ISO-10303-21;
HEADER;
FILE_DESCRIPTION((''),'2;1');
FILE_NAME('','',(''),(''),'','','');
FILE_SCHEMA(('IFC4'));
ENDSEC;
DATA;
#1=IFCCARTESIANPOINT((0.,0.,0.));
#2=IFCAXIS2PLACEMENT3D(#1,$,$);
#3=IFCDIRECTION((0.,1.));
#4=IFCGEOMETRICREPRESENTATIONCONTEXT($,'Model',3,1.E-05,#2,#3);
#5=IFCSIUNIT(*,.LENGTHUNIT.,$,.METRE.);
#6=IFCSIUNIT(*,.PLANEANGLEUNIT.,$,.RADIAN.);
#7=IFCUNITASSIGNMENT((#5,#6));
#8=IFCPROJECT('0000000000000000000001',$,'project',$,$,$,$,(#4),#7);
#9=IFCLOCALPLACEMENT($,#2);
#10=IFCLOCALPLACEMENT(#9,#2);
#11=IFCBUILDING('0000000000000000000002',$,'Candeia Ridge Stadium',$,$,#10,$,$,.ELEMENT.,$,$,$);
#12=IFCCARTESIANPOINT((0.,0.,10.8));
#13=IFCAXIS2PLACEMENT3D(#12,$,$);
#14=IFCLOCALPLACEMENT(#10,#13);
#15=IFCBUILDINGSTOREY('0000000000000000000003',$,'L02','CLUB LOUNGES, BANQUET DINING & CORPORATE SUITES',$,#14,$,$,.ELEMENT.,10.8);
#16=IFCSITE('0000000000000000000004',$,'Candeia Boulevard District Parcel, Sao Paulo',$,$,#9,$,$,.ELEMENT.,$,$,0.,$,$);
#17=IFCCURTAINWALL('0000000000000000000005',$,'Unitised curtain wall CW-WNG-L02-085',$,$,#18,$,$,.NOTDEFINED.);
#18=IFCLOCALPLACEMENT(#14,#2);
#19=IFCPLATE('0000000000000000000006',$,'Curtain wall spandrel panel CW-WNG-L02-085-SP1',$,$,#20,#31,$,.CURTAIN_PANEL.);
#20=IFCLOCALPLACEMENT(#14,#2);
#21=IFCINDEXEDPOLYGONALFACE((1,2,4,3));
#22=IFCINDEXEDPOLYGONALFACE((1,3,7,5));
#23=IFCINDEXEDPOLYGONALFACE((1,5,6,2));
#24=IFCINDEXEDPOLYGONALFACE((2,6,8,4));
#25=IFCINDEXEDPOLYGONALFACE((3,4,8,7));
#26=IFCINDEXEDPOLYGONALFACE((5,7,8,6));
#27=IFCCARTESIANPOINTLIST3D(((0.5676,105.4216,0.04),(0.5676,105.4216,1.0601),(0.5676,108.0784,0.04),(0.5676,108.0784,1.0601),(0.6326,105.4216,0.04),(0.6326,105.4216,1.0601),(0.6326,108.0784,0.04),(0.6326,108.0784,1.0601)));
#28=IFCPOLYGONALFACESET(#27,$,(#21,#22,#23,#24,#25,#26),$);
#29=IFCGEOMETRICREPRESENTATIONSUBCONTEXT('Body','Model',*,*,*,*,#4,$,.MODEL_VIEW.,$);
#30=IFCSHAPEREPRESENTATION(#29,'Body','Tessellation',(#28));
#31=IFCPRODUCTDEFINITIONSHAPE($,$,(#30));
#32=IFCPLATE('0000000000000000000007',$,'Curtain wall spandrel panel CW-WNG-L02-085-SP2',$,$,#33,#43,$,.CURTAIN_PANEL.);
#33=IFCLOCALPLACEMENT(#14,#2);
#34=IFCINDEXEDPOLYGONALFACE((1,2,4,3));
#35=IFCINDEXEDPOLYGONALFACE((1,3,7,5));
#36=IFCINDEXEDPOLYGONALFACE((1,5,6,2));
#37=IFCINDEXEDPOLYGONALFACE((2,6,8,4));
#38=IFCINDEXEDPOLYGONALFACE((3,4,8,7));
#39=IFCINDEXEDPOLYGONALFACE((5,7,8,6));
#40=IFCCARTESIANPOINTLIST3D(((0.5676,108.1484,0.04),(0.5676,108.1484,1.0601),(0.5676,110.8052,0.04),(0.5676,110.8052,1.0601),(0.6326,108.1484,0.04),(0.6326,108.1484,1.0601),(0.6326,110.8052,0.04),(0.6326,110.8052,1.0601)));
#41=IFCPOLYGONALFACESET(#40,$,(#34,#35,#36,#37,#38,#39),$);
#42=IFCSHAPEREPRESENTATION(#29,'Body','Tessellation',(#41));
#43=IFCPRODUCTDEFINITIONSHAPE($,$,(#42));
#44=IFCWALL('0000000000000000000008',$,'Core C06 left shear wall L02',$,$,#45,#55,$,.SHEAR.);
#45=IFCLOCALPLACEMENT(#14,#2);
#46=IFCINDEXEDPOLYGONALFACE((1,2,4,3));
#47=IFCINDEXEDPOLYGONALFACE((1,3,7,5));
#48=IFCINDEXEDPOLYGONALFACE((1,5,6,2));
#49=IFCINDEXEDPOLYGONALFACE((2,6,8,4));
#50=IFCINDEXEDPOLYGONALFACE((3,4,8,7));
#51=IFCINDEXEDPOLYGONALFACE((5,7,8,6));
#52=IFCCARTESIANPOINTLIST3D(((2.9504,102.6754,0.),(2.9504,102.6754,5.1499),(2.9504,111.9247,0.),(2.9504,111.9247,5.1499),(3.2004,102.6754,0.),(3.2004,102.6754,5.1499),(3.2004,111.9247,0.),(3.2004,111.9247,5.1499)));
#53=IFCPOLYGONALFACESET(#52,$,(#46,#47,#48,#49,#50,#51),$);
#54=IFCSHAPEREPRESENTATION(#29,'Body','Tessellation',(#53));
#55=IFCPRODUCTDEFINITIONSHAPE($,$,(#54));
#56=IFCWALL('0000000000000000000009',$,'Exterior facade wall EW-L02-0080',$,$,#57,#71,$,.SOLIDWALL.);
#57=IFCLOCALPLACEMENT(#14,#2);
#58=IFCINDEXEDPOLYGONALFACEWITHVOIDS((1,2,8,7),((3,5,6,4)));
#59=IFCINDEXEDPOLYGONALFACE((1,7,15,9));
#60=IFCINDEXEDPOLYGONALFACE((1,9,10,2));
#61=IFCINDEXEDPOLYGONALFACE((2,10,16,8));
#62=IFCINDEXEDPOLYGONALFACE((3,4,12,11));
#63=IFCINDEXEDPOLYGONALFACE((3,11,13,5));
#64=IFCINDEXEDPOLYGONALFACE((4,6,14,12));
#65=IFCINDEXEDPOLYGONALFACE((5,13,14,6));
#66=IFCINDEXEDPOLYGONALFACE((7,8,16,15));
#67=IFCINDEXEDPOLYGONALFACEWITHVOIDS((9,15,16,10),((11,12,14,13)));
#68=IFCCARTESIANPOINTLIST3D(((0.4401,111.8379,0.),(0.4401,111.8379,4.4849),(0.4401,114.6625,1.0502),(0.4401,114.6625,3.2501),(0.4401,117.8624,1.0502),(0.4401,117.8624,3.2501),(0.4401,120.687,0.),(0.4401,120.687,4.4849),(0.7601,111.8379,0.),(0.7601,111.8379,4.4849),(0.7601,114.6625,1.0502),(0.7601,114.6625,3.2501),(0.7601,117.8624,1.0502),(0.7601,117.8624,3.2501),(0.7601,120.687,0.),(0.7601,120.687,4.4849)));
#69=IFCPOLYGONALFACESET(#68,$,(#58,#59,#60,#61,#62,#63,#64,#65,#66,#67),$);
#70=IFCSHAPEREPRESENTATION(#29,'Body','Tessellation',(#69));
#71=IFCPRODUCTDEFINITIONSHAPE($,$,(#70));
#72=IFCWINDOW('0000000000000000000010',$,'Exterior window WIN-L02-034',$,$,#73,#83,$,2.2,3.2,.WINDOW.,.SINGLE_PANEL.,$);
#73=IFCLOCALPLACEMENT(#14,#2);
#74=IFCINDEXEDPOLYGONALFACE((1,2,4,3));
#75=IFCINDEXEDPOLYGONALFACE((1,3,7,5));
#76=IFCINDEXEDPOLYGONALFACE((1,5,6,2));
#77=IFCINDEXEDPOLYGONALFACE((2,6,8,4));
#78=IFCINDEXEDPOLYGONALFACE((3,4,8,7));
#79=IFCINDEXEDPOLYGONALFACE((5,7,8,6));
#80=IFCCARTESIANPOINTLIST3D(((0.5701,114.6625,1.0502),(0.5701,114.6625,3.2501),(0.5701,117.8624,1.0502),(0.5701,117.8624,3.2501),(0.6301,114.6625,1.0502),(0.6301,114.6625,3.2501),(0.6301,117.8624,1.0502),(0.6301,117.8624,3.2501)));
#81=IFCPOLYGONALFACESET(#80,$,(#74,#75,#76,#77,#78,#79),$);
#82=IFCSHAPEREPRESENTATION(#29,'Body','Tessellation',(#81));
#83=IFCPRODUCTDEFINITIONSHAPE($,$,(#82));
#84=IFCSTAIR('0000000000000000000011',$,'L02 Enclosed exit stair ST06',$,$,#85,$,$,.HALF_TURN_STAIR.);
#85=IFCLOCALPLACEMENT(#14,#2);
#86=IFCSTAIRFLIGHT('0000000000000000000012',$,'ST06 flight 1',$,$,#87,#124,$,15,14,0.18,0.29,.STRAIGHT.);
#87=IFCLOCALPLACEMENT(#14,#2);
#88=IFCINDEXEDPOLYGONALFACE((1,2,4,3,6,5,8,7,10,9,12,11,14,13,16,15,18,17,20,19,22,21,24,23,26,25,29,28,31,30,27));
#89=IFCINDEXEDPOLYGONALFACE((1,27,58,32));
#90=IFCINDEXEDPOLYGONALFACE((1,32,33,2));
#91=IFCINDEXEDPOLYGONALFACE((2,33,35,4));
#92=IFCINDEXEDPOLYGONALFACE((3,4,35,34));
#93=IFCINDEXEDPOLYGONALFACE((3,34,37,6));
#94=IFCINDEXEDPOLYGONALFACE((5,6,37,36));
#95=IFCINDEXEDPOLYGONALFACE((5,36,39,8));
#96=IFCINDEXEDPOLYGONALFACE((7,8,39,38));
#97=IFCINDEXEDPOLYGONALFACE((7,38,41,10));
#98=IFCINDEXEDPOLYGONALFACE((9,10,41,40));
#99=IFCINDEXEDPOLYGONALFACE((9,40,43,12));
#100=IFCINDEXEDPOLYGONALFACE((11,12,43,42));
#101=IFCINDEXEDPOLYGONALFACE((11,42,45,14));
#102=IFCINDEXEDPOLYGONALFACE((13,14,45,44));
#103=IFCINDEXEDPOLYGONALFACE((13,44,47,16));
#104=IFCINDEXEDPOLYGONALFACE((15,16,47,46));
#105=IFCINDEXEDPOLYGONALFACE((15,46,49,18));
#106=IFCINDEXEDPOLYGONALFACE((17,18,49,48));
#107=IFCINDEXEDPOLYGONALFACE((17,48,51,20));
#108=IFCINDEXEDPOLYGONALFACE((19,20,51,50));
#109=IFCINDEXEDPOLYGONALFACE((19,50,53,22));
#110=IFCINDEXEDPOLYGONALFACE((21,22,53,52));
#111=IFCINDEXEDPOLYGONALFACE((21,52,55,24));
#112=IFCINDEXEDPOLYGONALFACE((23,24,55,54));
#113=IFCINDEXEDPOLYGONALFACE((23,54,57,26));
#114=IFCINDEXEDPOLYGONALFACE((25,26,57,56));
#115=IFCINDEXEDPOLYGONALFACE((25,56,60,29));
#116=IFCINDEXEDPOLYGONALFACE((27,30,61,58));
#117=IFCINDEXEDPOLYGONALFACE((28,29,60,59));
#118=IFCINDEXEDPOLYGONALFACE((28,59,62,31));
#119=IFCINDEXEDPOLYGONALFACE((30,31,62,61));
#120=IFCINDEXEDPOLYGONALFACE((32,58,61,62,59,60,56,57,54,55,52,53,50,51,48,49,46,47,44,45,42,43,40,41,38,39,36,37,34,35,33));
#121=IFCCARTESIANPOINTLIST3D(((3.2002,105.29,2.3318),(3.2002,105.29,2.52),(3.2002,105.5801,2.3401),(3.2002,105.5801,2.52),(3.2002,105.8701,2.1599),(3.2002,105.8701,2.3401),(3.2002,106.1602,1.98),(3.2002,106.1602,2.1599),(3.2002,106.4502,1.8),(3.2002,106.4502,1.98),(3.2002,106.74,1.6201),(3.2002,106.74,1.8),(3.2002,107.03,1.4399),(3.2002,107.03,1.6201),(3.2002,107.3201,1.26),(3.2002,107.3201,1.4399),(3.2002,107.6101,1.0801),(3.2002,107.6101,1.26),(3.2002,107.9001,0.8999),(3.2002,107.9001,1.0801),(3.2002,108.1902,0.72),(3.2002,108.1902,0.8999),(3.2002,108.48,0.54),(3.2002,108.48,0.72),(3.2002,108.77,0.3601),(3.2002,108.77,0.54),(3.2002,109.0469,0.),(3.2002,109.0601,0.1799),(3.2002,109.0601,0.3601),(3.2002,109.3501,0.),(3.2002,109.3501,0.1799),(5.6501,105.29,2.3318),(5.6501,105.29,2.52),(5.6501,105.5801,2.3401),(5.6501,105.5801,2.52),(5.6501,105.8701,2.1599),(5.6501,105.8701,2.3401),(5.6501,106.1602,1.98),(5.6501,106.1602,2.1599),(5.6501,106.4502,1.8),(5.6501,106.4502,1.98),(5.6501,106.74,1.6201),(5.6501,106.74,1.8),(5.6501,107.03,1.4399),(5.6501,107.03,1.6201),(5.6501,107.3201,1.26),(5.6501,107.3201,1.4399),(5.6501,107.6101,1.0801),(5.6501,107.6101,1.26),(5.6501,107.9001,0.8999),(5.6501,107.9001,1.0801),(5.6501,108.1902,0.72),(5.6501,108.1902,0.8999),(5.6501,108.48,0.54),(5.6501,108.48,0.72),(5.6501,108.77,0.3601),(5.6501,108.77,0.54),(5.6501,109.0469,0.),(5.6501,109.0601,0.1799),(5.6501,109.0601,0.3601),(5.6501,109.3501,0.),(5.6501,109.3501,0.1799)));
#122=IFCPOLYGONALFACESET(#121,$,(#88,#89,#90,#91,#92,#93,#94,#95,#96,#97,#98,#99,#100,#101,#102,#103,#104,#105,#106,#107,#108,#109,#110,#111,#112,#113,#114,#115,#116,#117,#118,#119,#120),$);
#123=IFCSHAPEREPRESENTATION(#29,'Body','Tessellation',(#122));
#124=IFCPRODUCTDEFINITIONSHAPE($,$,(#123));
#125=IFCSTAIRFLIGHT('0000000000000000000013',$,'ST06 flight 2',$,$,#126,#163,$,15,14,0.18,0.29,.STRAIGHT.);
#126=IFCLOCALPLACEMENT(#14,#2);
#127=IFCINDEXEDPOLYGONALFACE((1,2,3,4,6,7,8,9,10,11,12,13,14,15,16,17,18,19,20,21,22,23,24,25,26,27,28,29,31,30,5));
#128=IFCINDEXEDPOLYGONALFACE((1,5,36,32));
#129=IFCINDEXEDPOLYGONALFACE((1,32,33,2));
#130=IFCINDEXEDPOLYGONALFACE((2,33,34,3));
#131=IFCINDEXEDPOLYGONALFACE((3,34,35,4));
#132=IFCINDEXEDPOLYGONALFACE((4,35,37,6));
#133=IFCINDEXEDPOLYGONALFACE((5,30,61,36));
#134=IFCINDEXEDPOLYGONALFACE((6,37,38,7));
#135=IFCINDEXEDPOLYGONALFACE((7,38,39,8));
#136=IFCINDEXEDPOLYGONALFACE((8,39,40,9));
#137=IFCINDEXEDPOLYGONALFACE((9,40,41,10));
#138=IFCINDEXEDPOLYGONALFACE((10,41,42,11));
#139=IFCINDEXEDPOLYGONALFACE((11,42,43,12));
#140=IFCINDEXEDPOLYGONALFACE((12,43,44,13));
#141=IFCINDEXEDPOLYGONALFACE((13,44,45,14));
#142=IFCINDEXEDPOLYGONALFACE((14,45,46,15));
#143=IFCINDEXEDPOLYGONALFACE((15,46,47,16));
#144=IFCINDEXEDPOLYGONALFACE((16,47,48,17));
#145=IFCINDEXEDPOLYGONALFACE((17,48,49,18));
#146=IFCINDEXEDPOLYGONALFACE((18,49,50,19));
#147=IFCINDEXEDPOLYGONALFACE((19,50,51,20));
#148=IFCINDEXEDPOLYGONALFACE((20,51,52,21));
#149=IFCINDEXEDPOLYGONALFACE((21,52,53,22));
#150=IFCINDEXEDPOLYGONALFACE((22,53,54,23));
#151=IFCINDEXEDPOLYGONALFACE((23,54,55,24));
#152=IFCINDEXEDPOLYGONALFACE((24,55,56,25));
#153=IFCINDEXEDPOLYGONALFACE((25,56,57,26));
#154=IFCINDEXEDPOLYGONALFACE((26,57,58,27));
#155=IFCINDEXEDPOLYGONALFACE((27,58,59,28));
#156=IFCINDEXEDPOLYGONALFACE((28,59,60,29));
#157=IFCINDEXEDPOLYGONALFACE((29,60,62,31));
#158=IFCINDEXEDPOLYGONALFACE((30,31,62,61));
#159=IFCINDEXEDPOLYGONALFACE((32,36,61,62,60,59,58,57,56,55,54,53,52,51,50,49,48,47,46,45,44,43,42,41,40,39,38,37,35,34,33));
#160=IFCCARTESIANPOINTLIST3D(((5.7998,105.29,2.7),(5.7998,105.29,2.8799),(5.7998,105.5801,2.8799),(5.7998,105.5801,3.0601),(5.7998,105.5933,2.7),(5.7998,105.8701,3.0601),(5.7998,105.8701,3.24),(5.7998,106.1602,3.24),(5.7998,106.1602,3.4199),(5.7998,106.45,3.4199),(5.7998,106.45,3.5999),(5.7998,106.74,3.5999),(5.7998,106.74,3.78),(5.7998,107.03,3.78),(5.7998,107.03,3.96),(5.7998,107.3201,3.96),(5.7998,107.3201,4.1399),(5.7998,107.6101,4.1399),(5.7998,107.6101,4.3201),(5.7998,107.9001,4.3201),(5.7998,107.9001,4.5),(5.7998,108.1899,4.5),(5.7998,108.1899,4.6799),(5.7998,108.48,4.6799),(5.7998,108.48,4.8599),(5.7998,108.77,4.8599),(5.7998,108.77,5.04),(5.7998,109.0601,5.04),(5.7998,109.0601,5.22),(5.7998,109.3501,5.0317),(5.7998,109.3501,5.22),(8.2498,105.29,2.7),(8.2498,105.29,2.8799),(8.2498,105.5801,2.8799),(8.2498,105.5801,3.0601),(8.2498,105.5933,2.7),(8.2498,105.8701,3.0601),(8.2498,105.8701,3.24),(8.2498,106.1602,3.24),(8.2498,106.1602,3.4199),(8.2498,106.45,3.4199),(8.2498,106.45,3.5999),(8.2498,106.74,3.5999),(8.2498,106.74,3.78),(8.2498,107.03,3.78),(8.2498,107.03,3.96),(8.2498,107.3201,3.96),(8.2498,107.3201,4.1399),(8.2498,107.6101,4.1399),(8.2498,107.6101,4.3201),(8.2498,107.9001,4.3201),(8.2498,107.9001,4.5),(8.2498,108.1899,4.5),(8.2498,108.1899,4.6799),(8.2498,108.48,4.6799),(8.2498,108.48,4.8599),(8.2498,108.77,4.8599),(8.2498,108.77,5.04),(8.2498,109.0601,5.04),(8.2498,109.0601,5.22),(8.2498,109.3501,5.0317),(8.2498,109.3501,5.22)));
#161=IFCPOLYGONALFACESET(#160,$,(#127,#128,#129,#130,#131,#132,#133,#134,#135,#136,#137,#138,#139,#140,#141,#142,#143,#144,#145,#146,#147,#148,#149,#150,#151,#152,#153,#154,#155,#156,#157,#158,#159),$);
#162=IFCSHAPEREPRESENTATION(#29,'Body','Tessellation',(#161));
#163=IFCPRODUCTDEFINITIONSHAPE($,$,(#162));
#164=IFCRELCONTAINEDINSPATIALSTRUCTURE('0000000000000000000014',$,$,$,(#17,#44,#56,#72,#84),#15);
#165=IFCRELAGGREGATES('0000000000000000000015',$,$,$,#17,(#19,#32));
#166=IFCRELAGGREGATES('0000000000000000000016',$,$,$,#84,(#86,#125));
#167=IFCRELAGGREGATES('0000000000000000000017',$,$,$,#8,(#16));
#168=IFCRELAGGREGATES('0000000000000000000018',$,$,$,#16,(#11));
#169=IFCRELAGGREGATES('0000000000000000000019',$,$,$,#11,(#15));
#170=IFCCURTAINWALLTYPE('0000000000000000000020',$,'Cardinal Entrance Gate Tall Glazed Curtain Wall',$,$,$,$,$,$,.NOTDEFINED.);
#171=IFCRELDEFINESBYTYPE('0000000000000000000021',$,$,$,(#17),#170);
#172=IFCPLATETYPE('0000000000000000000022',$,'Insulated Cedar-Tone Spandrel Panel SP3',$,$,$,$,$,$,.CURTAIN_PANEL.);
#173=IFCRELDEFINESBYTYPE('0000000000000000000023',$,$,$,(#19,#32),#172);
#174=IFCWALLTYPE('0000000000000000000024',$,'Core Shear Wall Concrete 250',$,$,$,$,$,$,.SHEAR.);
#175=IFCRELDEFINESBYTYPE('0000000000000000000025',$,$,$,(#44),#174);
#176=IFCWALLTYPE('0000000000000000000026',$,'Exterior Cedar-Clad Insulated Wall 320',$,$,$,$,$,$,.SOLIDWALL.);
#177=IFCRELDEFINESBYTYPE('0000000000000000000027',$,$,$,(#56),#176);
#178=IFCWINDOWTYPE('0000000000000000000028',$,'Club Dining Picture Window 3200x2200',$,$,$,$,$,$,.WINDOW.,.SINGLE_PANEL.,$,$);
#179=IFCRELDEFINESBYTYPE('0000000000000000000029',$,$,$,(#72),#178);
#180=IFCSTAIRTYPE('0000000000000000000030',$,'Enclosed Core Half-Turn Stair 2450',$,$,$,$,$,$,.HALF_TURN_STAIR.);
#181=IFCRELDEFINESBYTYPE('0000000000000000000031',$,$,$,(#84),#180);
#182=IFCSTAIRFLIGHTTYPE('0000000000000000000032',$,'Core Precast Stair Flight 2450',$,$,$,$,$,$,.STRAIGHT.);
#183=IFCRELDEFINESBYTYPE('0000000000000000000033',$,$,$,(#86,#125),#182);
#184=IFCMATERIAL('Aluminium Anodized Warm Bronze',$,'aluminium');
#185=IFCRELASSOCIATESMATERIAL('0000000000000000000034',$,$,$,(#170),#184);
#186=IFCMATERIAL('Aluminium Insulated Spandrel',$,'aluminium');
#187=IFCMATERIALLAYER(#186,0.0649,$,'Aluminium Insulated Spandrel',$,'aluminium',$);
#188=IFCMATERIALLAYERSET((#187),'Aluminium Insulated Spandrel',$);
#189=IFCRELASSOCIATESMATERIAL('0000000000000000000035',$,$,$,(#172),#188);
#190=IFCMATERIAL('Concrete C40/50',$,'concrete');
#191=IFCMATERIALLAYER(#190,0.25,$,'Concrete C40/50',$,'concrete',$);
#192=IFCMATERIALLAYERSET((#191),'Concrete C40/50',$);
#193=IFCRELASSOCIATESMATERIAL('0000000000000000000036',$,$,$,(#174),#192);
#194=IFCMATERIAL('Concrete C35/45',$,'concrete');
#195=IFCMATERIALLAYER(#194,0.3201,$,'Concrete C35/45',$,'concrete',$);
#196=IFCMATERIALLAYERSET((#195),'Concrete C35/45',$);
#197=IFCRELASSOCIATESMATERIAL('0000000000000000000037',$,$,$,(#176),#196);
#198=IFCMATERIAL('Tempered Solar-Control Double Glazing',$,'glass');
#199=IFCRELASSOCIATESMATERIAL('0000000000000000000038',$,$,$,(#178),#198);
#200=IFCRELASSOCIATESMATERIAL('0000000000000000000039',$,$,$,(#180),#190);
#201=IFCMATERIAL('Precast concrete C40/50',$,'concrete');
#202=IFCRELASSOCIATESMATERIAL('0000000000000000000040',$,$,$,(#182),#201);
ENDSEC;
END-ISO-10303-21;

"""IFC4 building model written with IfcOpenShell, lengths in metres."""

from ifc_helpers import new_model, si_unit, direction, frame, frame_2d, origin, origin_2d, place, context, subcontext, project, spatial, polyline, rectangle, outline, extrude, material, layer, layer_set, type_object, element, fill, aggregate, save


model = new_model("IFC4")

# Units and contexts
model_context = context("Model", 3, precision=1e-05, world=origin(), true_north=direction((0.0, 1.0)))
body_context = subcontext(model_context, "Body", "Model", "MODEL_VIEW")
ifc_project = project(units=[si_unit("LENGTHUNIT", "METRE"), si_unit("PLANEANGLEUNIT", "RADIAN")], contexts=[model_context])

# Site, building, storey
site_placement = place(None, origin())
site = spatial("IfcSite", under=ifc_project, at=site_placement, Name="Candeia Boulevard District Parcel, Sao Paulo", CompositionType="ELEMENT", RefElevation=0.0)
building_placement = place(site_placement, origin())
building = spatial("IfcBuilding", under=site, at=building_placement, Name="Candeia Ridge Stadium", CompositionType="ELEMENT")
storey_placement = place(building_placement, frame((0.0, 0.0, 10.8)))
storey = spatial("IfcBuildingStorey", under=building, at=storey_placement, Name="L02", Description="CLUB LOUNGES, BANQUET DINING & CORPORATE SUITES", CompositionType="ELEMENT", Elevation=10.8)

# Shared definitions
ifc_material_1 = material(Name="Concrete C40/50", Category="concrete")

# Curtain wall
ifc_material_2 = material(Name="Aluminium Anodized Warm Bronze", Category="aluminium")
curtain_wall_type = type_object("IfcCurtainWallType", Name="Cardinal Entrance Gate Tall Glazed Curtain Wall", PredefinedType="NOTDEFINED", material=ifc_material_2)
curtain_wall_placement = place(storey_placement, origin())
curtain_wall = element("IfcCurtainWall", 1, at=curtain_wall_placement, inside=storey, type_object=curtain_wall_type, Name="Unitised curtain wall CW-WNG-L02-085", PredefinedType="NOTDEFINED")

# Plates
ifc_material_3 = material(Name="Aluminium Insulated Spandrel", Category="aluminium")
ifc_layer_1 = layer(ifc_material_3, 0.0649, Name="Aluminium Insulated Spandrel", Category="aluminium")
ifc_layer_set_1 = layer_set([ifc_layer_1], Name="Aluminium Insulated Spandrel")
plate_type_1 = type_object("IfcPlateType", Name="Insulated Cedar-Tone Spandrel Panel SP3", PredefinedType="CURTAIN_PANEL", material=ifc_layer_set_1)
plate_1_placement = place(storey_placement, frame((0.6001, 106.75, 0.04), z_axis=(0.0, 0.0, 1.0), x_axis=(0.0, 1.0, 0.0)))
plate_1 = element("IfcPlate", 2, at=plate_1_placement, type_object=plate_type_1, Name="Curtain wall spandrel panel CW-WNG-L02-085-SP1", PredefinedType="CURTAIN_PANEL", context=body_context, shape_type="SweptSolid", body=[
    extrude(rectangle(XDim=2.6567, YDim=0.0649, at=origin_2d()), origin(), (0.0, 0.0, 1.0), 1.02),
])
plate_2_placement = place(storey_placement, frame((0.6001, 109.4768, 0.04), z_axis=(0.0, 0.0, 1.0), x_axis=(0.0, 1.0, 0.0)))
plate_2 = element("IfcPlate", 3, at=plate_2_placement, type_object=plate_type_1, Name="Curtain wall spandrel panel CW-WNG-L02-085-SP2", PredefinedType="CURTAIN_PANEL", context=body_context, shape_type="SweptSolid", body=[
    extrude(rectangle(XDim=2.6567, YDim=0.0649, at=origin_2d()), origin(), (0.0, 0.0, 1.0), 1.02),
])
aggregate(curtain_wall, [plate_1, plate_2])

# Wall
ifc_layer_2 = layer(ifc_material_1, 0.25, Name="Concrete C40/50", Category="concrete")
ifc_layer_set_2 = layer_set([ifc_layer_2], Name="Concrete C40/50")
wall_type_1 = type_object("IfcWallType", Name="Core Shear Wall Concrete 250", PredefinedType="SHEAR", material=ifc_layer_set_2)
wall_1_placement = place(storey_placement, frame((3.0754, 111.9246, 0.0), z_axis=(0.0, 0.0, 1.0), x_axis=(0.0, -1.0, 0.0)))
element("IfcWall", 4, at=wall_1_placement, inside=storey, type_object=wall_type_1, Name="Core C06 left shear wall L02", PredefinedType="SHEAR", context=body_context, shape_type="SweptSolid", body=[
    extrude(rectangle(XDim=9.2493, YDim=0.25, at=frame_2d((4.6245, 0.0))), origin(), (0.0, 0.0, 1.0), 5.1499),
])

# Wall, opening, window
ifc_material_4 = material(Name="Concrete C35/45", Category="concrete")
ifc_layer_3 = layer(ifc_material_4, 0.3201, Name="Concrete C35/45", Category="concrete")
ifc_layer_set_3 = layer_set([ifc_layer_3], Name="Concrete C35/45")
wall_type_2 = type_object("IfcWallType", Name="Exterior Cedar-Clad Insulated Wall 320", PredefinedType="SOLIDWALL", material=ifc_layer_set_3)
wall_2_placement = place(storey_placement, frame((0.6001, 111.8379, 0.0), z_axis=(0.0, 0.0, 1.0), x_axis=(0.0, 1.0, 0.0)))
wall_2 = element("IfcWall", 5, at=wall_2_placement, inside=storey, type_object=wall_type_2, Name="Exterior facade wall EW-L02-0080", PredefinedType="SOLIDWALL", context=body_context, shape_type="SweptSolid", body=[
    extrude(rectangle(XDim=8.8491, YDim=0.3201, at=frame_2d((4.4246, 0.0))), origin(), (0.0, 0.0, 1.0), 4.4849),
])
opening_placement = place(wall_2_placement, frame((2.8245, 0.0, 1.05)))
opening = element("IfcOpeningElement", 6, at=opening_placement, cuts=wall_2, PredefinedType="OPENING", context=body_context, shape_type="SweptSolid", body=[
    extrude(rectangle(XDim=3.2, YDim=2.2, at=frame_2d((1.6001, 1.1001))), frame((0.0, 0.1699, 0.0), z_axis=(0.0, -1.0, 0.0), x_axis=(1.0, 0.0, 0.0)), (0.0, 0.0, 1.0), 0.3401),
])
ifc_material_5 = material(Name="Tempered Solar-Control Double Glazing", Category="glass")
window_type = type_object("IfcWindowType", Name="Club Dining Picture Window 3200x2200", PartitioningType="SINGLE_PANEL", PredefinedType="WINDOW", material=ifc_material_5)
window_placement = place(opening_placement, origin())
window = element("IfcWindow", 7, at=window_placement, inside=storey, type_object=window_type, Name="Exterior window WIN-L02-034", OverallHeight=2.2, OverallWidth=3.2, PartitioningType="SINGLE_PANEL", PredefinedType="WINDOW", context=body_context, shape_type="SweptSolid", body=[
    extrude(rectangle(XDim=3.2, YDim=2.2, at=frame_2d((1.6001, 1.1001))), frame((0.0, 0.03, 0.0), z_axis=(0.0, -1.0, 0.0), x_axis=(1.0, 0.0, 0.0)), (0.0, 0.0, 1.0), 0.0601),
])
fill(opening, window)

# Stair, stair flights
stair_type = type_object("IfcStairType", Name="Enclosed Core Half-Turn Stair 2450", PredefinedType="HALF_TURN_STAIR", material=ifc_material_1)
stair_placement = place(storey_placement, origin())
stair = element("IfcStair", 8, at=stair_placement, inside=storey, type_object=stair_type, Name="L02 Enclosed exit stair ST06", PredefinedType="HALF_TURN_STAIR")
ifc_material_6 = material(Name="Precast concrete C40/50", Category="concrete")
stair_flight_type = type_object("IfcStairFlightType", Name="Core Precast Stair Flight 2450", PredefinedType="STRAIGHT", material=ifc_material_6)
stair_flight_1_placement = place(storey_placement, frame((4.425, 109.3501, 0.0), z_axis=(0.0, 0.0, 1.0), x_axis=(0.0, -1.0, 0.0)))
stair_flight_1 = element("IfcStairFlight", 9, at=stair_flight_1_placement, type_object=stair_flight_type, Name="ST06 flight 1", NumberOfRisers=15, NumberOfTreads=14, PredefinedType="STRAIGHT", RiserHeight=0.18, TreadLength=0.29, context=body_context, shape_type="SweptSolid", body=[
    extrude(outline(polyline([(0.0, 0.0), (0.0, 0.1799), (0.29, 0.1799), (0.29, 0.3601), (0.5801, 0.3601), (0.5801, 0.54), (0.8701, 0.54), (0.8701, 0.72), (1.1599, 0.72), (1.1599, 0.8999), (1.45, 0.8999), (1.45, 1.0801), (1.74, 1.0801), (1.74, 1.26), (2.03, 1.26), (2.03, 1.4399), (2.3201, 1.4399), (2.3201, 1.6201), (2.6101, 1.6201), (2.6101, 1.8), (2.8999, 1.8), (2.8999, 1.98), (3.1899, 1.98), (3.1899, 2.1599), (3.48, 2.1599), (3.48, 2.3401), (3.77, 2.3401), (3.77, 2.52), (4.0601, 2.52), (4.0601, 2.7), (4.0601, 2.3318), (0.3032, 0.0), (0.0, 0.0)])), frame((0.0, 1.2251, 0.0), z_axis=(0.0, -1.0, 0.0), x_axis=(1.0, 0.0, 0.0)), (0.0, 0.0, 1.0), 2.45),
])
stair_flight_2_placement = place(storey_placement, frame((7.0249, 105.29, 2.7), z_axis=(0.0, 0.0, 1.0), x_axis=(0.0, 1.0, 0.0)))
stair_flight_2 = element("IfcStairFlight", 10, at=stair_flight_2_placement, type_object=stair_flight_type, Name="ST06 flight 2", NumberOfRisers=15, NumberOfTreads=14, PredefinedType="STRAIGHT", RiserHeight=0.18, TreadLength=0.29, context=body_context, shape_type="SweptSolid", body=[
    extrude(outline(polyline([(0.0, 0.0), (0.0, 0.1799), (0.29, 0.1799), (0.29, 0.3601), (0.5801, 0.3601), (0.5801, 0.54), (0.8701, 0.54), (0.8701, 0.72), (1.1599, 0.72), (1.1599, 0.8999), (1.45, 0.8999), (1.45, 1.0801), (1.74, 1.0801), (1.74, 1.26), (2.03, 1.26), (2.03, 1.4399), (2.3201, 1.4399), (2.3201, 1.6201), (2.6101, 1.6201), (2.6101, 1.8), (2.8999, 1.8), (2.8999, 1.98), (3.1899, 1.98), (3.1899, 2.1599), (3.48, 2.1599), (3.48, 2.3401), (3.77, 2.3401), (3.77, 2.52), (4.0601, 2.52), (4.0601, 2.7), (4.0601, 2.3318), (0.3032, 0.0), (0.0, 0.0)])), frame((0.0, 1.2251, 0.0), z_axis=(0.0, -1.0, 0.0), x_axis=(1.0, 0.0, 0.0)), (0.0, 0.0, 1.0), 2.45),
])
aggregate(stair, [stair_flight_1, stair_flight_2])

save(model, "model.ifc")
